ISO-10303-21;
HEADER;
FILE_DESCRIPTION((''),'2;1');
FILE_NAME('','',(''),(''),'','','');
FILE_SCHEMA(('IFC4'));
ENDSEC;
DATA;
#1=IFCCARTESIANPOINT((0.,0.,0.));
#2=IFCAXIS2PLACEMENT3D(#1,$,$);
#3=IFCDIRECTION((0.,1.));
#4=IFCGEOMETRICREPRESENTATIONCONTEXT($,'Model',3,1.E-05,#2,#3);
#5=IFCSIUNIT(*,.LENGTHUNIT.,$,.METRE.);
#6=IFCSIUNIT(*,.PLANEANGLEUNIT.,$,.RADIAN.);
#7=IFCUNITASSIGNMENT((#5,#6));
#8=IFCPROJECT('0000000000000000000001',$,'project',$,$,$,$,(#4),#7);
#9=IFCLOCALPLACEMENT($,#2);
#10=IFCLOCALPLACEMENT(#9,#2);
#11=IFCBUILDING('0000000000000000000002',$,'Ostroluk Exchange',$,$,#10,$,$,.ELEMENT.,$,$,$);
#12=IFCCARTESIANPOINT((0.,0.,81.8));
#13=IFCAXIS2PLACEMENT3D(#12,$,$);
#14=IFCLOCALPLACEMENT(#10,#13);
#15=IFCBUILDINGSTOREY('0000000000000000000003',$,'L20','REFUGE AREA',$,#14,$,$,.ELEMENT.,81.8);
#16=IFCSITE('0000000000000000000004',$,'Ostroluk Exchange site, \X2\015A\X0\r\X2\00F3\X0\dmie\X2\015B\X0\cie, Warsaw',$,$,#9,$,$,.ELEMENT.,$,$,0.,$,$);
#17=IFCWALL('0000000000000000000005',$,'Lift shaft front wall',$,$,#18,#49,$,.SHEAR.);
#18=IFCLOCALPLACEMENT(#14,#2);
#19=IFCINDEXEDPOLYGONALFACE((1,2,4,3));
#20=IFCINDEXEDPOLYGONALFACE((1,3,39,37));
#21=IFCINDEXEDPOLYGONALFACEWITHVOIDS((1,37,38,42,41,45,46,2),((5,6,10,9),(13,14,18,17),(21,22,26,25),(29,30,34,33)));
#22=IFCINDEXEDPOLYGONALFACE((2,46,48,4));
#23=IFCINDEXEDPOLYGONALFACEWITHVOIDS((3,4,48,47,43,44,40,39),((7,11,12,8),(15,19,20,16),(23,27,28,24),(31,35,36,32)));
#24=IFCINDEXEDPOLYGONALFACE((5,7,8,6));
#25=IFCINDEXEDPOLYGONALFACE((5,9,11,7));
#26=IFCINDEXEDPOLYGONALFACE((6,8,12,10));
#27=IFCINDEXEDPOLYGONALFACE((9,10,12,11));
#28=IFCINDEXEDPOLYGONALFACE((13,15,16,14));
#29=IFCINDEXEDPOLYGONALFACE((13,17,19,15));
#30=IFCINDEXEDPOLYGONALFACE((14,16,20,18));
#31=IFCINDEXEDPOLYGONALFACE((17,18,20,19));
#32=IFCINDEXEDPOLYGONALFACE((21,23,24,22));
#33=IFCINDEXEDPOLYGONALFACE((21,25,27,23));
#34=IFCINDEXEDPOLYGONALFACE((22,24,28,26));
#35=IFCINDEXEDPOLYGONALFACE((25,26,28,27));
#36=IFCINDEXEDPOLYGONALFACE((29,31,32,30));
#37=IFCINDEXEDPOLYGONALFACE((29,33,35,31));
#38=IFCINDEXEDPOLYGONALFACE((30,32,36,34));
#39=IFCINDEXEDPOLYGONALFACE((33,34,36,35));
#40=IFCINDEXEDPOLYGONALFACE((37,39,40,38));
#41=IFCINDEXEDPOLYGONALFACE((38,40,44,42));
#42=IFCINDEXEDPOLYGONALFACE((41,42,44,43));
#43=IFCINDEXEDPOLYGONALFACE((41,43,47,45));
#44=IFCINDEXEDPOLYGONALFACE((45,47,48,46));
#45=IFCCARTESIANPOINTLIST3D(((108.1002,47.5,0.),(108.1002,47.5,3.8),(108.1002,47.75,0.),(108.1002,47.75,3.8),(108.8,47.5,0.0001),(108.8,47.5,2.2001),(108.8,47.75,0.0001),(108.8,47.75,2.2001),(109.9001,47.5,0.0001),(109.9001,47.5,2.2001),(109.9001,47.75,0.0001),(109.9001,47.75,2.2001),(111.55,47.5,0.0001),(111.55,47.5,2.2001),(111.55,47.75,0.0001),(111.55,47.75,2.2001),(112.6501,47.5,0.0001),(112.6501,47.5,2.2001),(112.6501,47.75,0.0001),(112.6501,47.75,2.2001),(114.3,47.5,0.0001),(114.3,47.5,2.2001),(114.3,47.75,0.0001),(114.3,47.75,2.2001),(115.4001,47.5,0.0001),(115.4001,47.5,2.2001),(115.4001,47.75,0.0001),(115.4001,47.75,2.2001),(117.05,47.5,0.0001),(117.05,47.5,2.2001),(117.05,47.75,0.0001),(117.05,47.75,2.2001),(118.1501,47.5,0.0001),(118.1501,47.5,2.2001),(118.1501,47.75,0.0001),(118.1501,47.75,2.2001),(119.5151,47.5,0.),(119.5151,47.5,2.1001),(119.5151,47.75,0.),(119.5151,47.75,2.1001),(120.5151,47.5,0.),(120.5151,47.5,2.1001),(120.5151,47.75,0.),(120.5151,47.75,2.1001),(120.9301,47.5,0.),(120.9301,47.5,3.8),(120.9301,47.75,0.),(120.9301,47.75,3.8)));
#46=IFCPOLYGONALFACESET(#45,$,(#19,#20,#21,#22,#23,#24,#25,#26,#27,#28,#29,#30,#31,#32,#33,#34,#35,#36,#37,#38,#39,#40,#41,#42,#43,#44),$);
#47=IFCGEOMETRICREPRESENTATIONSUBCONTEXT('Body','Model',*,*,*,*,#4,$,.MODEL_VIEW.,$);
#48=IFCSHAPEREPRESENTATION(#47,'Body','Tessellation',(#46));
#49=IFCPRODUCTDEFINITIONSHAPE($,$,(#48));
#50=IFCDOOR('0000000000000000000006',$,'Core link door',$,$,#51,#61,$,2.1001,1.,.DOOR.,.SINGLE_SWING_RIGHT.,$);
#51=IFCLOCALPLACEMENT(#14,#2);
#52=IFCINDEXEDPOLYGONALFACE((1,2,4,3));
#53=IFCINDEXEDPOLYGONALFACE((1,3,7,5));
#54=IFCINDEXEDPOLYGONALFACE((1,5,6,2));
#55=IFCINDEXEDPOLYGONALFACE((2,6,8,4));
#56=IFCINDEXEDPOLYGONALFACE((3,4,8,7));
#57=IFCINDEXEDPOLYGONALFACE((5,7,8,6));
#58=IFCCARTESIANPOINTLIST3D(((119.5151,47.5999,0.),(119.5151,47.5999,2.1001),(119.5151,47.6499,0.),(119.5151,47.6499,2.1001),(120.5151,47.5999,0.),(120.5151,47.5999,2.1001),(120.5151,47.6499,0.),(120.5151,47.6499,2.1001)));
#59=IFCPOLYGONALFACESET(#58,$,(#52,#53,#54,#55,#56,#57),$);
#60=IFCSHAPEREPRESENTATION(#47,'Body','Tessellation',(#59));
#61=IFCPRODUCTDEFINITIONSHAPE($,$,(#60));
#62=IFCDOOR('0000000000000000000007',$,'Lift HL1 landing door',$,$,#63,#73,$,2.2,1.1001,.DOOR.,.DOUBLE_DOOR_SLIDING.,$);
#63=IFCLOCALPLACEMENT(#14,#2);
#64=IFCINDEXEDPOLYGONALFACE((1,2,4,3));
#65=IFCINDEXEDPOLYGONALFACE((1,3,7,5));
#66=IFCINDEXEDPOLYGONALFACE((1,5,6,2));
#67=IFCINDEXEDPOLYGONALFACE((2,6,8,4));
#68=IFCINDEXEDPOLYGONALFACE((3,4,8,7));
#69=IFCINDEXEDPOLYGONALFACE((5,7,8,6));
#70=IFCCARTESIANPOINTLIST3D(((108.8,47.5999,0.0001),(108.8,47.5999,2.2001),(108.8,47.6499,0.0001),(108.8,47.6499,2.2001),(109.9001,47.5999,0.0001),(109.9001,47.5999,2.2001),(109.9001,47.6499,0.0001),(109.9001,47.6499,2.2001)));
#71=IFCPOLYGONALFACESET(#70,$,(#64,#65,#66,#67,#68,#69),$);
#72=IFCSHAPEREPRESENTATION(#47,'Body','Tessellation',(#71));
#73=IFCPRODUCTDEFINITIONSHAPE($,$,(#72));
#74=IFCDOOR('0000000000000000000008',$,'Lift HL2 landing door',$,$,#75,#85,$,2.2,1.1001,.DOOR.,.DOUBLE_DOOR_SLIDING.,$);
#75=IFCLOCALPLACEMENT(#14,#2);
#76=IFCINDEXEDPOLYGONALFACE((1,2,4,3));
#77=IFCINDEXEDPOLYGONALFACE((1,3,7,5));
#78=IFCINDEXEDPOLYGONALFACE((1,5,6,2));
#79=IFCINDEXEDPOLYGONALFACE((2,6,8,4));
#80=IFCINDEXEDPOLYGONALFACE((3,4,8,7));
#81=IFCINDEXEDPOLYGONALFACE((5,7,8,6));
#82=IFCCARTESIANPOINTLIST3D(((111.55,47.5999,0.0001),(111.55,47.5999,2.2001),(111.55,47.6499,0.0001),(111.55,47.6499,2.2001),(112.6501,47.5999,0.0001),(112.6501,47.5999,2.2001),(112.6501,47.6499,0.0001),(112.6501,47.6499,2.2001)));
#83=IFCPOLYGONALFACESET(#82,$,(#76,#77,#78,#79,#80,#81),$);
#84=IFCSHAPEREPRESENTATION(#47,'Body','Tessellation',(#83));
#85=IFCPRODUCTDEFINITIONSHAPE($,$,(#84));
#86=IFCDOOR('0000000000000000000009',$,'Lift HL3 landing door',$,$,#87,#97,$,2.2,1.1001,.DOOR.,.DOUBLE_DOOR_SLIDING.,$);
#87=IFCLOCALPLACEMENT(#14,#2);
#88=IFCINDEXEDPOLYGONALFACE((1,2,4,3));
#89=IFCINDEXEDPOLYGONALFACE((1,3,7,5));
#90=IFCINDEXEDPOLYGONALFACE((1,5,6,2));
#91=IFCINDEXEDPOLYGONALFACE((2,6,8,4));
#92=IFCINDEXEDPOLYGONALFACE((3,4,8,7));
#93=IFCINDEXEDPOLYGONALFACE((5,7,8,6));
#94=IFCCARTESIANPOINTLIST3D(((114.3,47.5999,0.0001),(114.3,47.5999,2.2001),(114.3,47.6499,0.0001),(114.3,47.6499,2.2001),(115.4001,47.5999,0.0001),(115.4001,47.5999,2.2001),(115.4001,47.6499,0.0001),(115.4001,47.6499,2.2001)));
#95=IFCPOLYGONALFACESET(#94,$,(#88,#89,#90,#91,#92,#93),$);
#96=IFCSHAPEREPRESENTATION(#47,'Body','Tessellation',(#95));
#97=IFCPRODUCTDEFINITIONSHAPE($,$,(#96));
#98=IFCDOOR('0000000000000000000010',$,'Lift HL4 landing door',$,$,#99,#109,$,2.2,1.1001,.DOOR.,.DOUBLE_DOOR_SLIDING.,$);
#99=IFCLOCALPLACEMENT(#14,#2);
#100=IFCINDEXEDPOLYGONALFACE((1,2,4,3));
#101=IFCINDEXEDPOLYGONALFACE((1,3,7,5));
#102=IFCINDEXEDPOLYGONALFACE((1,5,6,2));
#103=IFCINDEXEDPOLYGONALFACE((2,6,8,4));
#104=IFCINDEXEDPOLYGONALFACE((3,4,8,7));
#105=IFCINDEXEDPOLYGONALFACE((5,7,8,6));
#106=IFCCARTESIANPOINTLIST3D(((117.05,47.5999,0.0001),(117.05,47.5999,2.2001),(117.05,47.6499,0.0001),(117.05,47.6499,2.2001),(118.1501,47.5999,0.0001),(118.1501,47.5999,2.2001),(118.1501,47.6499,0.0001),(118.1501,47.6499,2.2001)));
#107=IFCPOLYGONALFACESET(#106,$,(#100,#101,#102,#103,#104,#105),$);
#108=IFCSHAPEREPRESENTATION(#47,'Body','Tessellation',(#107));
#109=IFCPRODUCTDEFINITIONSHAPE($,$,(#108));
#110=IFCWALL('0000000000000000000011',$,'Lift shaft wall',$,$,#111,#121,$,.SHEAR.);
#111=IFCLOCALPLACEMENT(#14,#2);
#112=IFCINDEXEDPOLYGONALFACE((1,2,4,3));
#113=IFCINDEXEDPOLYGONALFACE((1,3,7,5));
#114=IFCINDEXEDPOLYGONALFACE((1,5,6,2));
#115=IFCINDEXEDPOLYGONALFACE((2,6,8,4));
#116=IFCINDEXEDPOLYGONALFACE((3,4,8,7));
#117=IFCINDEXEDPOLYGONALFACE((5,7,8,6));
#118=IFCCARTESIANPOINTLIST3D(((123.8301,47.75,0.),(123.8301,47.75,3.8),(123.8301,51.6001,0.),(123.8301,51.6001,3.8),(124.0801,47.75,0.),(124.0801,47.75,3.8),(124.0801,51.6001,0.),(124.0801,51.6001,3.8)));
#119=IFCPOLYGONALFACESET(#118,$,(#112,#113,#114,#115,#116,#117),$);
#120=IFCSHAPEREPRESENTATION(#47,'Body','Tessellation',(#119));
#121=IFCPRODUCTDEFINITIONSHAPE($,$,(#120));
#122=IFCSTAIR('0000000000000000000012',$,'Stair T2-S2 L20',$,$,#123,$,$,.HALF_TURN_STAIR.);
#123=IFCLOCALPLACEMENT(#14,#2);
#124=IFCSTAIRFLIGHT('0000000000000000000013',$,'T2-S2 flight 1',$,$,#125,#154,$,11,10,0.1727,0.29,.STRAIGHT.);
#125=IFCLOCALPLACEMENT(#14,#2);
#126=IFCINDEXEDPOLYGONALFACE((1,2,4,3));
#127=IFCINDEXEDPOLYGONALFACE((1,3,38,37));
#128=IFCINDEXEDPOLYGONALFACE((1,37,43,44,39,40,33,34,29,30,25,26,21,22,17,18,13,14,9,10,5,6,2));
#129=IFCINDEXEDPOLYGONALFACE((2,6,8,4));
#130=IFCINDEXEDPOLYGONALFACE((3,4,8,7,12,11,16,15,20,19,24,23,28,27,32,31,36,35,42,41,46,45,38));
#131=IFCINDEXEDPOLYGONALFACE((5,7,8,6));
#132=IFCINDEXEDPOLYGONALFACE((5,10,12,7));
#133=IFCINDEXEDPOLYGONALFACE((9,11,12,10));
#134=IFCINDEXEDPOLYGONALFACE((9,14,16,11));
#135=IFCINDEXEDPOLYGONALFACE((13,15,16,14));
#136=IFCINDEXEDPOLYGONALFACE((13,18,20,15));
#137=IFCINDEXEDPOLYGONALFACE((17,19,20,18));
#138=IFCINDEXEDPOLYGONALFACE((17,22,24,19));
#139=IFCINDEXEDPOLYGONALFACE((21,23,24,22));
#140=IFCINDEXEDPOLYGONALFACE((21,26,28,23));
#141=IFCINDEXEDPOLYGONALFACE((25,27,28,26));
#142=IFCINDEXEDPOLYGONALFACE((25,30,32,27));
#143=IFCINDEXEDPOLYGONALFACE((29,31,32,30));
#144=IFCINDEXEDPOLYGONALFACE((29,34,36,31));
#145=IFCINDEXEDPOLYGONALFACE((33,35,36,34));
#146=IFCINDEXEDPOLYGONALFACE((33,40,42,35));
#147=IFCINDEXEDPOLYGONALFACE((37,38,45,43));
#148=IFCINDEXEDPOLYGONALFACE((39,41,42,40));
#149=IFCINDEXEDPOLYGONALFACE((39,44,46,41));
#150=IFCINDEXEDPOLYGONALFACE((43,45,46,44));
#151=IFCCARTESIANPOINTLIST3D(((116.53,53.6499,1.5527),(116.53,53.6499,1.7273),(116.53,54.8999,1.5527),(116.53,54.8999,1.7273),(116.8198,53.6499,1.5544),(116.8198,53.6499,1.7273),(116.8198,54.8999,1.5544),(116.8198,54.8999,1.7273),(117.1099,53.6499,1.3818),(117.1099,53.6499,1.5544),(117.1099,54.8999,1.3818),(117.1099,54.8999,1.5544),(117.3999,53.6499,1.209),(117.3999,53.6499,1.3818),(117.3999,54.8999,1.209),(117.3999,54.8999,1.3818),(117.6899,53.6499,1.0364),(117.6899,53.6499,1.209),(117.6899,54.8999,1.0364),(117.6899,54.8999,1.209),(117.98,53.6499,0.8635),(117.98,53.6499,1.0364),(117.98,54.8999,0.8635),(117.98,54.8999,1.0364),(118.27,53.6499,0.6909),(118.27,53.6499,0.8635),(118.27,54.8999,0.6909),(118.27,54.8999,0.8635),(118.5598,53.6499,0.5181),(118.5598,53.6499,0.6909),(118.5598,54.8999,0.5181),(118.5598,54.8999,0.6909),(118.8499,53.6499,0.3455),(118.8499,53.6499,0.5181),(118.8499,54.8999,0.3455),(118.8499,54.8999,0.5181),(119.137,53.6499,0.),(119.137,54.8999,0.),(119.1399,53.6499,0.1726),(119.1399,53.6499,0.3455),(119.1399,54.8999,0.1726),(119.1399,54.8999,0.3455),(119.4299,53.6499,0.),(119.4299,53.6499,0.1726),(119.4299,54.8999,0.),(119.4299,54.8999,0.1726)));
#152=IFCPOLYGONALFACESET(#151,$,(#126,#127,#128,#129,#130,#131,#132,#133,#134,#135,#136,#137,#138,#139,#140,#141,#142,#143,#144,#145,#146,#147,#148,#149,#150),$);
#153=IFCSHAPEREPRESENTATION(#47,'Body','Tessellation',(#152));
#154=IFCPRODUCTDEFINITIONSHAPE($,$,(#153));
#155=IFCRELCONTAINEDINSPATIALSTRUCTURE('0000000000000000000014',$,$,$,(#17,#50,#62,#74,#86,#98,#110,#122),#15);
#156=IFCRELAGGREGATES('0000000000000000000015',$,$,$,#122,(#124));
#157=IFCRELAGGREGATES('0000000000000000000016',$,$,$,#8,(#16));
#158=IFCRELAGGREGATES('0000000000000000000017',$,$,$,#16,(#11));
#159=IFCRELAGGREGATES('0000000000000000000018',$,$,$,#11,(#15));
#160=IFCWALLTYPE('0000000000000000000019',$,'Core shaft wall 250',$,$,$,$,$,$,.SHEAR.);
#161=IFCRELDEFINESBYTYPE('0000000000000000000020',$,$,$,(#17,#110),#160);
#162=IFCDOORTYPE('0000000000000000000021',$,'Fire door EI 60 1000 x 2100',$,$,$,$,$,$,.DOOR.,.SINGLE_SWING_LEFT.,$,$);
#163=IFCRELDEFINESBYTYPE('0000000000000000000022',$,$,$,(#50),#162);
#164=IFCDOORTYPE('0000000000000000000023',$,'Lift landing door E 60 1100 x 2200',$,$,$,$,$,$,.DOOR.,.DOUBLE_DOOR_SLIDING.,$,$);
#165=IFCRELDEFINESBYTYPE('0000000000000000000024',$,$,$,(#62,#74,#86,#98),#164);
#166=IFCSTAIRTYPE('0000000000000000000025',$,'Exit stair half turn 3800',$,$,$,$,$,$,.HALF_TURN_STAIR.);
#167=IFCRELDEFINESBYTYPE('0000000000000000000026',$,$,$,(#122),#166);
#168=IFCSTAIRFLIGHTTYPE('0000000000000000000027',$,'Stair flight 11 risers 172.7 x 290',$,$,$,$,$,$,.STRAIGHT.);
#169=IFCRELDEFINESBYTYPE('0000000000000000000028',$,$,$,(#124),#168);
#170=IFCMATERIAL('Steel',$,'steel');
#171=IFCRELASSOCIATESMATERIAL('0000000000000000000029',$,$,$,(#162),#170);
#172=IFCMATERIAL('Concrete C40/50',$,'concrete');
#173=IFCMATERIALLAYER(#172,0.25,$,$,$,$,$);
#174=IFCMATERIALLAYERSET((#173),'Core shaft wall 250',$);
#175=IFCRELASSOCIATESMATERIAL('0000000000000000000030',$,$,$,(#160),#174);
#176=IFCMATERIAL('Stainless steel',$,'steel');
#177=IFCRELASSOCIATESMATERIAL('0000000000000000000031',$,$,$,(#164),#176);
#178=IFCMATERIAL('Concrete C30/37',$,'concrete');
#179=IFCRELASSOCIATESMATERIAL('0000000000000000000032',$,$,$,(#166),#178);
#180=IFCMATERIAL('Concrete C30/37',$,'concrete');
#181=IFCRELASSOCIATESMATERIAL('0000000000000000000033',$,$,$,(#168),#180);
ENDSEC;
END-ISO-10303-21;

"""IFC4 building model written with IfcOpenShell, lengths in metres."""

from ifc_helpers import new_model, si_unit, direction, frame, frame_2d, origin, place, context, subcontext, project, spatial, polyline, rectangle, outline, extrude, material, layer, layer_set, type_object, element, fill, aggregate, save


model = new_model("IFC4")

# Units and contexts
model_context = context("Model", 3, precision=1e-05, world=origin(), true_north=direction((0.0, 1.0)))
body_context = subcontext(model_context, "Body", "Model", "MODEL_VIEW")
ifc_project = project(units=[si_unit("LENGTHUNIT", "METRE"), si_unit("PLANEANGLEUNIT", "RADIAN")], contexts=[model_context])

# Site, building, storey
site_placement = place(None, origin())
site = spatial("IfcSite", under=ifc_project, at=site_placement, Name="Ostroluk Exchange site, Śródmieście, Warsaw", CompositionType="ELEMENT", RefElevation=0.0)
building_placement = place(site_placement, origin())
building = spatial("IfcBuilding", under=site, at=building_placement, Name="Ostroluk Exchange", CompositionType="ELEMENT")
storey_placement = place(building_placement, frame((0.0, 0.0, 81.8)))
storey = spatial("IfcBuildingStorey", under=building, at=storey_placement, Name="L20", Description="REFUGE AREA", CompositionType="ELEMENT", Elevation=81.8)

# Shared definitions
ifc_material_1 = material(Name="Steel", Category="steel")
door_type_1 = type_object("IfcDoorType", Name="Fire door EI 60 1000 x 2100", OperationType="SINGLE_SWING_LEFT", PredefinedType="DOOR", material=ifc_material_1)

# Shared definitions
ifc_material_2 = material(Name="Concrete C40/50", Category="concrete")
ifc_layer_1 = layer(ifc_material_2, 0.25)
ifc_layer_set_1 = layer_set([ifc_layer_1], Name="Core shaft wall 250")
wall_type_1 = type_object("IfcWallType", Name="Core shaft wall 250", PredefinedType="SHEAR", material=ifc_layer_set_1)

# Wall, openings, doors
wall_1_placement = place(storey_placement, frame((108.1001, 47.625, 0.0), z_axis=(0.0, 0.0, 1.0), x_axis=(1.0, 0.0, 0.0)))
wall_1 = element("IfcWall", 1, at=wall_1_placement, inside=storey, type_object=wall_type_1, Name="Lift shaft front wall", PredefinedType="SHEAR", context=body_context, shape_type="SweptSolid", body=[
    extrude(rectangle(XDim=12.8298, YDim=0.25, at=frame_2d((6.415, 0.0))), origin(), (0.0, 0.0, 1.0), 3.8),
])
opening_1_placement = place(wall_1_placement, frame((0.7, 0.0, 0.0)))
opening_1 = element("IfcOpeningElement", 2, at=opening_1_placement, cuts=wall_1, PredefinedType="OPENING", context=body_context, shape_type="SweptSolid", body=[
    extrude(rectangle(XDim=1.1001, YDim=2.2, at=frame_2d((0.55, 1.1001))), frame((0.0, 0.135, 0.0), z_axis=(0.0, -1.0, 0.0), x_axis=(1.0, 0.0, 0.0)), (0.0, 0.0, 1.0), 0.27),
])
opening_2_placement = place(wall_1_placement, frame((3.45, 0.0, 0.0)))
opening_2 = element("IfcOpeningElement", 3, at=opening_2_placement, cuts=wall_1, PredefinedType="OPENING", context=body_context, shape_type="SweptSolid", body=[
    extrude(rectangle(XDim=1.1001, YDim=2.2, at=frame_2d((0.55, 1.1001))), frame((0.0, 0.135, 0.0), z_axis=(0.0, -1.0, 0.0), x_axis=(1.0, 0.0, 0.0)), (0.0, 0.0, 1.0), 0.27),
])
opening_3_placement = place(wall_1_placement, frame((6.2, 0.0, 0.0)))
opening_3 = element("IfcOpeningElement", 4, at=opening_3_placement, cuts=wall_1, PredefinedType="OPENING", context=body_context, shape_type="SweptSolid", body=[
    extrude(rectangle(XDim=1.1001, YDim=2.2, at=frame_2d((0.55, 1.1001))), frame((0.0, 0.135, 0.0), z_axis=(0.0, -1.0, 0.0), x_axis=(1.0, 0.0, 0.0)), (0.0, 0.0, 1.0), 0.27),
])
opening_4_placement = place(wall_1_placement, frame((8.95, 0.0, 0.0)))
opening_4 = element("IfcOpeningElement", 5, at=opening_4_placement, cuts=wall_1, PredefinedType="OPENING", context=body_context, shape_type="SweptSolid", body=[
    extrude(rectangle(XDim=1.1001, YDim=2.2, at=frame_2d((0.55, 1.1001))), frame((0.0, 0.135, 0.0), z_axis=(0.0, -1.0, 0.0), x_axis=(1.0, 0.0, 0.0)), (0.0, 0.0, 1.0), 0.27),
])
opening_5_placement = place(wall_1_placement, frame((11.415, 0.0, 0.0)))
opening_5 = element("IfcOpeningElement", 6, at=opening_5_placement, cuts=wall_1, PredefinedType="OPENING", context=body_context, shape_type="SweptSolid", body=[
    extrude(rectangle(XDim=1.0, YDim=2.1001, at=frame_2d((0.5, 1.05))), frame((0.0, 0.135, 0.0), z_axis=(0.0, -1.0, 0.0), x_axis=(1.0, 0.0, 0.0)), (0.0, 0.0, 1.0), 0.27),
])
door_1_placement = place(opening_5_placement, origin())
door_1 = element("IfcDoor", 7, at=door_1_placement, inside=storey, type_object=door_type_1, Name="Core link door", OperationType="SINGLE_SWING_RIGHT", OverallHeight=2.1001, OverallWidth=1.0, PredefinedType="DOOR", context=body_context, shape_type="SweptSolid", body=[
    extrude(rectangle(XDim=1.0, YDim=2.1001, at=frame_2d((0.5, 1.05))), frame((0.0, 0.0249, 0.0), z_axis=(0.0, -1.0, 0.0), x_axis=(1.0, 0.0, 0.0)), (0.0, 0.0, 1.0), 0.05),
])
fill(opening_5, door_1)
ifc_material_3 = material(Name="Stainless steel", Category="steel")
door_type_2 = type_object("IfcDoorType", Name="Lift landing door E 60 1100 x 2200", OperationType="DOUBLE_DOOR_SLIDING", PredefinedType="DOOR", material=ifc_material_3)
door_2_placement = place(opening_1_placement, origin())
door_2 = element("IfcDoor", 8, at=door_2_placement, inside=storey, type_object=door_type_2, Name="Lift HL1 landing door", OperationType="DOUBLE_DOOR_SLIDING", OverallHeight=2.2, OverallWidth=1.1001, PredefinedType="DOOR", context=body_context, shape_type="SweptSolid", body=[
    extrude(rectangle(XDim=1.1001, YDim=2.2, at=frame_2d((0.55, 1.1001))), frame((0.0, 0.0249, 0.0), z_axis=(0.0, -1.0, 0.0), x_axis=(1.0, 0.0, 0.0)), (0.0, 0.0, 1.0), 0.05),
])
fill(opening_1, door_2)
door_3_placement = place(opening_2_placement, origin())
door_3 = element("IfcDoor", 9, at=door_3_placement, inside=storey, type_object=door_type_2, Name="Lift HL2 landing door", OperationType="DOUBLE_DOOR_SLIDING", OverallHeight=2.2, OverallWidth=1.1001, PredefinedType="DOOR", context=body_context, shape_type="SweptSolid", body=[
    extrude(rectangle(XDim=1.1001, YDim=2.2, at=frame_2d((0.55, 1.1001))), frame((0.0, 0.0249, 0.0), z_axis=(0.0, -1.0, 0.0), x_axis=(1.0, 0.0, 0.0)), (0.0, 0.0, 1.0), 0.05),
])
fill(opening_2, door_3)
door_4_placement = place(opening_3_placement, origin())
door_4 = element("IfcDoor", 10, at=door_4_placement, inside=storey, type_object=door_type_2, Name="Lift HL3 landing door", OperationType="DOUBLE_DOOR_SLIDING", OverallHeight=2.2, OverallWidth=1.1001, PredefinedType="DOOR", context=body_context, shape_type="SweptSolid", body=[
    extrude(rectangle(XDim=1.1001, YDim=2.2, at=frame_2d((0.55, 1.1001))), frame((0.0, 0.0249, 0.0), z_axis=(0.0, -1.0, 0.0), x_axis=(1.0, 0.0, 0.0)), (0.0, 0.0, 1.0), 0.05),
])
fill(opening_3, door_4)
door_5_placement = place(opening_4_placement, origin())
door_5 = element("IfcDoor", 11, at=door_5_placement, inside=storey, type_object=door_type_2, Name="Lift HL4 landing door", OperationType="DOUBLE_DOOR_SLIDING", OverallHeight=2.2, OverallWidth=1.1001, PredefinedType="DOOR", context=body_context, shape_type="SweptSolid", body=[
    extrude(rectangle(XDim=1.1001, YDim=2.2, at=frame_2d((0.55, 1.1001))), frame((0.0, 0.0249, 0.0), z_axis=(0.0, -1.0, 0.0), x_axis=(1.0, 0.0, 0.0)), (0.0, 0.0, 1.0), 0.05),
])
fill(opening_4, door_5)

# Wall
wall_2_placement = place(storey_placement, frame((123.9551, 47.75, 0.0), z_axis=(0.0, 0.0, 1.0), x_axis=(0.0, 1.0, 0.0)))
element("IfcWall", 12, at=wall_2_placement, inside=storey, type_object=wall_type_1, Name="Lift shaft wall", PredefinedType="SHEAR", context=body_context, shape_type="SweptSolid", body=[
    extrude(rectangle(XDim=3.8501, YDim=0.25, at=frame_2d((1.925, 0.0))), origin(), (0.0, 0.0, 1.0), 3.8),
])

# Stair, stair flight
ifc_material_4 = material(Name="Concrete C30/37", Category="concrete")
stair_type = type_object("IfcStairType", Name="Exit stair half turn 3800", PredefinedType="HALF_TURN_STAIR", material=ifc_material_4)
stair_placement = place(storey_placement, origin())
stair = element("IfcStair", 13, at=stair_placement, inside=storey, type_object=stair_type, Name="Stair T2-S2 L20", PredefinedType="HALF_TURN_STAIR")
ifc_material_5 = material(Name="Concrete C30/37", Category="concrete")
stair_flight_type = type_object("IfcStairFlightType", Name="Stair flight 11 risers 172.7 x 290", PredefinedType="STRAIGHT", material=ifc_material_5)
stair_flight_1_placement = place(storey_placement, frame((119.4299, 54.2749, 0.0), z_axis=(0.0, 0.0, 1.0), x_axis=(-1.0, 0.0, 0.0)))
stair_flight_1 = element("IfcStairFlight", 14, at=stair_flight_1_placement, type_object=stair_flight_type, Name="T2-S2 flight 1", NumberOfRisers=11, NumberOfTreads=10, PredefinedType="STRAIGHT", RiserHeight=0.1727, TreadLength=0.29, context=body_context, shape_type="SweptSolid", body=[
    extrude(outline(polyline([(0.0, 0.0), (0.0, 0.1726), (0.29, 0.1726), (0.29, 0.3455), (0.5801, 0.3455), (0.5801, 0.5181), (0.8701, 0.5181), (0.8701, 0.6909), (1.1599, 0.6909), (1.1599, 0.8635), (1.45, 0.8635), (1.45, 1.0364), (1.74, 1.0364), (1.74, 1.209), (2.03, 1.209), (2.03, 1.3818), (2.3201, 1.3818), (2.3201, 1.5544), (2.6101, 1.5544), (2.6101, 1.7273), (2.8999, 1.7273), (2.8999, 1.8999), (2.8999, 1.5527), (0.293, 0.0), (0.0, 0.0)])), frame((0.0, 0.625, 0.0), z_axis=(0.0, -1.0, 0.0), x_axis=(1.0, 0.0, 0.0)), (0.0, 0.0, 1.0), 1.25),
])
aggregate(stair, [stair_flight_1])

save(model, "model.ifc")
